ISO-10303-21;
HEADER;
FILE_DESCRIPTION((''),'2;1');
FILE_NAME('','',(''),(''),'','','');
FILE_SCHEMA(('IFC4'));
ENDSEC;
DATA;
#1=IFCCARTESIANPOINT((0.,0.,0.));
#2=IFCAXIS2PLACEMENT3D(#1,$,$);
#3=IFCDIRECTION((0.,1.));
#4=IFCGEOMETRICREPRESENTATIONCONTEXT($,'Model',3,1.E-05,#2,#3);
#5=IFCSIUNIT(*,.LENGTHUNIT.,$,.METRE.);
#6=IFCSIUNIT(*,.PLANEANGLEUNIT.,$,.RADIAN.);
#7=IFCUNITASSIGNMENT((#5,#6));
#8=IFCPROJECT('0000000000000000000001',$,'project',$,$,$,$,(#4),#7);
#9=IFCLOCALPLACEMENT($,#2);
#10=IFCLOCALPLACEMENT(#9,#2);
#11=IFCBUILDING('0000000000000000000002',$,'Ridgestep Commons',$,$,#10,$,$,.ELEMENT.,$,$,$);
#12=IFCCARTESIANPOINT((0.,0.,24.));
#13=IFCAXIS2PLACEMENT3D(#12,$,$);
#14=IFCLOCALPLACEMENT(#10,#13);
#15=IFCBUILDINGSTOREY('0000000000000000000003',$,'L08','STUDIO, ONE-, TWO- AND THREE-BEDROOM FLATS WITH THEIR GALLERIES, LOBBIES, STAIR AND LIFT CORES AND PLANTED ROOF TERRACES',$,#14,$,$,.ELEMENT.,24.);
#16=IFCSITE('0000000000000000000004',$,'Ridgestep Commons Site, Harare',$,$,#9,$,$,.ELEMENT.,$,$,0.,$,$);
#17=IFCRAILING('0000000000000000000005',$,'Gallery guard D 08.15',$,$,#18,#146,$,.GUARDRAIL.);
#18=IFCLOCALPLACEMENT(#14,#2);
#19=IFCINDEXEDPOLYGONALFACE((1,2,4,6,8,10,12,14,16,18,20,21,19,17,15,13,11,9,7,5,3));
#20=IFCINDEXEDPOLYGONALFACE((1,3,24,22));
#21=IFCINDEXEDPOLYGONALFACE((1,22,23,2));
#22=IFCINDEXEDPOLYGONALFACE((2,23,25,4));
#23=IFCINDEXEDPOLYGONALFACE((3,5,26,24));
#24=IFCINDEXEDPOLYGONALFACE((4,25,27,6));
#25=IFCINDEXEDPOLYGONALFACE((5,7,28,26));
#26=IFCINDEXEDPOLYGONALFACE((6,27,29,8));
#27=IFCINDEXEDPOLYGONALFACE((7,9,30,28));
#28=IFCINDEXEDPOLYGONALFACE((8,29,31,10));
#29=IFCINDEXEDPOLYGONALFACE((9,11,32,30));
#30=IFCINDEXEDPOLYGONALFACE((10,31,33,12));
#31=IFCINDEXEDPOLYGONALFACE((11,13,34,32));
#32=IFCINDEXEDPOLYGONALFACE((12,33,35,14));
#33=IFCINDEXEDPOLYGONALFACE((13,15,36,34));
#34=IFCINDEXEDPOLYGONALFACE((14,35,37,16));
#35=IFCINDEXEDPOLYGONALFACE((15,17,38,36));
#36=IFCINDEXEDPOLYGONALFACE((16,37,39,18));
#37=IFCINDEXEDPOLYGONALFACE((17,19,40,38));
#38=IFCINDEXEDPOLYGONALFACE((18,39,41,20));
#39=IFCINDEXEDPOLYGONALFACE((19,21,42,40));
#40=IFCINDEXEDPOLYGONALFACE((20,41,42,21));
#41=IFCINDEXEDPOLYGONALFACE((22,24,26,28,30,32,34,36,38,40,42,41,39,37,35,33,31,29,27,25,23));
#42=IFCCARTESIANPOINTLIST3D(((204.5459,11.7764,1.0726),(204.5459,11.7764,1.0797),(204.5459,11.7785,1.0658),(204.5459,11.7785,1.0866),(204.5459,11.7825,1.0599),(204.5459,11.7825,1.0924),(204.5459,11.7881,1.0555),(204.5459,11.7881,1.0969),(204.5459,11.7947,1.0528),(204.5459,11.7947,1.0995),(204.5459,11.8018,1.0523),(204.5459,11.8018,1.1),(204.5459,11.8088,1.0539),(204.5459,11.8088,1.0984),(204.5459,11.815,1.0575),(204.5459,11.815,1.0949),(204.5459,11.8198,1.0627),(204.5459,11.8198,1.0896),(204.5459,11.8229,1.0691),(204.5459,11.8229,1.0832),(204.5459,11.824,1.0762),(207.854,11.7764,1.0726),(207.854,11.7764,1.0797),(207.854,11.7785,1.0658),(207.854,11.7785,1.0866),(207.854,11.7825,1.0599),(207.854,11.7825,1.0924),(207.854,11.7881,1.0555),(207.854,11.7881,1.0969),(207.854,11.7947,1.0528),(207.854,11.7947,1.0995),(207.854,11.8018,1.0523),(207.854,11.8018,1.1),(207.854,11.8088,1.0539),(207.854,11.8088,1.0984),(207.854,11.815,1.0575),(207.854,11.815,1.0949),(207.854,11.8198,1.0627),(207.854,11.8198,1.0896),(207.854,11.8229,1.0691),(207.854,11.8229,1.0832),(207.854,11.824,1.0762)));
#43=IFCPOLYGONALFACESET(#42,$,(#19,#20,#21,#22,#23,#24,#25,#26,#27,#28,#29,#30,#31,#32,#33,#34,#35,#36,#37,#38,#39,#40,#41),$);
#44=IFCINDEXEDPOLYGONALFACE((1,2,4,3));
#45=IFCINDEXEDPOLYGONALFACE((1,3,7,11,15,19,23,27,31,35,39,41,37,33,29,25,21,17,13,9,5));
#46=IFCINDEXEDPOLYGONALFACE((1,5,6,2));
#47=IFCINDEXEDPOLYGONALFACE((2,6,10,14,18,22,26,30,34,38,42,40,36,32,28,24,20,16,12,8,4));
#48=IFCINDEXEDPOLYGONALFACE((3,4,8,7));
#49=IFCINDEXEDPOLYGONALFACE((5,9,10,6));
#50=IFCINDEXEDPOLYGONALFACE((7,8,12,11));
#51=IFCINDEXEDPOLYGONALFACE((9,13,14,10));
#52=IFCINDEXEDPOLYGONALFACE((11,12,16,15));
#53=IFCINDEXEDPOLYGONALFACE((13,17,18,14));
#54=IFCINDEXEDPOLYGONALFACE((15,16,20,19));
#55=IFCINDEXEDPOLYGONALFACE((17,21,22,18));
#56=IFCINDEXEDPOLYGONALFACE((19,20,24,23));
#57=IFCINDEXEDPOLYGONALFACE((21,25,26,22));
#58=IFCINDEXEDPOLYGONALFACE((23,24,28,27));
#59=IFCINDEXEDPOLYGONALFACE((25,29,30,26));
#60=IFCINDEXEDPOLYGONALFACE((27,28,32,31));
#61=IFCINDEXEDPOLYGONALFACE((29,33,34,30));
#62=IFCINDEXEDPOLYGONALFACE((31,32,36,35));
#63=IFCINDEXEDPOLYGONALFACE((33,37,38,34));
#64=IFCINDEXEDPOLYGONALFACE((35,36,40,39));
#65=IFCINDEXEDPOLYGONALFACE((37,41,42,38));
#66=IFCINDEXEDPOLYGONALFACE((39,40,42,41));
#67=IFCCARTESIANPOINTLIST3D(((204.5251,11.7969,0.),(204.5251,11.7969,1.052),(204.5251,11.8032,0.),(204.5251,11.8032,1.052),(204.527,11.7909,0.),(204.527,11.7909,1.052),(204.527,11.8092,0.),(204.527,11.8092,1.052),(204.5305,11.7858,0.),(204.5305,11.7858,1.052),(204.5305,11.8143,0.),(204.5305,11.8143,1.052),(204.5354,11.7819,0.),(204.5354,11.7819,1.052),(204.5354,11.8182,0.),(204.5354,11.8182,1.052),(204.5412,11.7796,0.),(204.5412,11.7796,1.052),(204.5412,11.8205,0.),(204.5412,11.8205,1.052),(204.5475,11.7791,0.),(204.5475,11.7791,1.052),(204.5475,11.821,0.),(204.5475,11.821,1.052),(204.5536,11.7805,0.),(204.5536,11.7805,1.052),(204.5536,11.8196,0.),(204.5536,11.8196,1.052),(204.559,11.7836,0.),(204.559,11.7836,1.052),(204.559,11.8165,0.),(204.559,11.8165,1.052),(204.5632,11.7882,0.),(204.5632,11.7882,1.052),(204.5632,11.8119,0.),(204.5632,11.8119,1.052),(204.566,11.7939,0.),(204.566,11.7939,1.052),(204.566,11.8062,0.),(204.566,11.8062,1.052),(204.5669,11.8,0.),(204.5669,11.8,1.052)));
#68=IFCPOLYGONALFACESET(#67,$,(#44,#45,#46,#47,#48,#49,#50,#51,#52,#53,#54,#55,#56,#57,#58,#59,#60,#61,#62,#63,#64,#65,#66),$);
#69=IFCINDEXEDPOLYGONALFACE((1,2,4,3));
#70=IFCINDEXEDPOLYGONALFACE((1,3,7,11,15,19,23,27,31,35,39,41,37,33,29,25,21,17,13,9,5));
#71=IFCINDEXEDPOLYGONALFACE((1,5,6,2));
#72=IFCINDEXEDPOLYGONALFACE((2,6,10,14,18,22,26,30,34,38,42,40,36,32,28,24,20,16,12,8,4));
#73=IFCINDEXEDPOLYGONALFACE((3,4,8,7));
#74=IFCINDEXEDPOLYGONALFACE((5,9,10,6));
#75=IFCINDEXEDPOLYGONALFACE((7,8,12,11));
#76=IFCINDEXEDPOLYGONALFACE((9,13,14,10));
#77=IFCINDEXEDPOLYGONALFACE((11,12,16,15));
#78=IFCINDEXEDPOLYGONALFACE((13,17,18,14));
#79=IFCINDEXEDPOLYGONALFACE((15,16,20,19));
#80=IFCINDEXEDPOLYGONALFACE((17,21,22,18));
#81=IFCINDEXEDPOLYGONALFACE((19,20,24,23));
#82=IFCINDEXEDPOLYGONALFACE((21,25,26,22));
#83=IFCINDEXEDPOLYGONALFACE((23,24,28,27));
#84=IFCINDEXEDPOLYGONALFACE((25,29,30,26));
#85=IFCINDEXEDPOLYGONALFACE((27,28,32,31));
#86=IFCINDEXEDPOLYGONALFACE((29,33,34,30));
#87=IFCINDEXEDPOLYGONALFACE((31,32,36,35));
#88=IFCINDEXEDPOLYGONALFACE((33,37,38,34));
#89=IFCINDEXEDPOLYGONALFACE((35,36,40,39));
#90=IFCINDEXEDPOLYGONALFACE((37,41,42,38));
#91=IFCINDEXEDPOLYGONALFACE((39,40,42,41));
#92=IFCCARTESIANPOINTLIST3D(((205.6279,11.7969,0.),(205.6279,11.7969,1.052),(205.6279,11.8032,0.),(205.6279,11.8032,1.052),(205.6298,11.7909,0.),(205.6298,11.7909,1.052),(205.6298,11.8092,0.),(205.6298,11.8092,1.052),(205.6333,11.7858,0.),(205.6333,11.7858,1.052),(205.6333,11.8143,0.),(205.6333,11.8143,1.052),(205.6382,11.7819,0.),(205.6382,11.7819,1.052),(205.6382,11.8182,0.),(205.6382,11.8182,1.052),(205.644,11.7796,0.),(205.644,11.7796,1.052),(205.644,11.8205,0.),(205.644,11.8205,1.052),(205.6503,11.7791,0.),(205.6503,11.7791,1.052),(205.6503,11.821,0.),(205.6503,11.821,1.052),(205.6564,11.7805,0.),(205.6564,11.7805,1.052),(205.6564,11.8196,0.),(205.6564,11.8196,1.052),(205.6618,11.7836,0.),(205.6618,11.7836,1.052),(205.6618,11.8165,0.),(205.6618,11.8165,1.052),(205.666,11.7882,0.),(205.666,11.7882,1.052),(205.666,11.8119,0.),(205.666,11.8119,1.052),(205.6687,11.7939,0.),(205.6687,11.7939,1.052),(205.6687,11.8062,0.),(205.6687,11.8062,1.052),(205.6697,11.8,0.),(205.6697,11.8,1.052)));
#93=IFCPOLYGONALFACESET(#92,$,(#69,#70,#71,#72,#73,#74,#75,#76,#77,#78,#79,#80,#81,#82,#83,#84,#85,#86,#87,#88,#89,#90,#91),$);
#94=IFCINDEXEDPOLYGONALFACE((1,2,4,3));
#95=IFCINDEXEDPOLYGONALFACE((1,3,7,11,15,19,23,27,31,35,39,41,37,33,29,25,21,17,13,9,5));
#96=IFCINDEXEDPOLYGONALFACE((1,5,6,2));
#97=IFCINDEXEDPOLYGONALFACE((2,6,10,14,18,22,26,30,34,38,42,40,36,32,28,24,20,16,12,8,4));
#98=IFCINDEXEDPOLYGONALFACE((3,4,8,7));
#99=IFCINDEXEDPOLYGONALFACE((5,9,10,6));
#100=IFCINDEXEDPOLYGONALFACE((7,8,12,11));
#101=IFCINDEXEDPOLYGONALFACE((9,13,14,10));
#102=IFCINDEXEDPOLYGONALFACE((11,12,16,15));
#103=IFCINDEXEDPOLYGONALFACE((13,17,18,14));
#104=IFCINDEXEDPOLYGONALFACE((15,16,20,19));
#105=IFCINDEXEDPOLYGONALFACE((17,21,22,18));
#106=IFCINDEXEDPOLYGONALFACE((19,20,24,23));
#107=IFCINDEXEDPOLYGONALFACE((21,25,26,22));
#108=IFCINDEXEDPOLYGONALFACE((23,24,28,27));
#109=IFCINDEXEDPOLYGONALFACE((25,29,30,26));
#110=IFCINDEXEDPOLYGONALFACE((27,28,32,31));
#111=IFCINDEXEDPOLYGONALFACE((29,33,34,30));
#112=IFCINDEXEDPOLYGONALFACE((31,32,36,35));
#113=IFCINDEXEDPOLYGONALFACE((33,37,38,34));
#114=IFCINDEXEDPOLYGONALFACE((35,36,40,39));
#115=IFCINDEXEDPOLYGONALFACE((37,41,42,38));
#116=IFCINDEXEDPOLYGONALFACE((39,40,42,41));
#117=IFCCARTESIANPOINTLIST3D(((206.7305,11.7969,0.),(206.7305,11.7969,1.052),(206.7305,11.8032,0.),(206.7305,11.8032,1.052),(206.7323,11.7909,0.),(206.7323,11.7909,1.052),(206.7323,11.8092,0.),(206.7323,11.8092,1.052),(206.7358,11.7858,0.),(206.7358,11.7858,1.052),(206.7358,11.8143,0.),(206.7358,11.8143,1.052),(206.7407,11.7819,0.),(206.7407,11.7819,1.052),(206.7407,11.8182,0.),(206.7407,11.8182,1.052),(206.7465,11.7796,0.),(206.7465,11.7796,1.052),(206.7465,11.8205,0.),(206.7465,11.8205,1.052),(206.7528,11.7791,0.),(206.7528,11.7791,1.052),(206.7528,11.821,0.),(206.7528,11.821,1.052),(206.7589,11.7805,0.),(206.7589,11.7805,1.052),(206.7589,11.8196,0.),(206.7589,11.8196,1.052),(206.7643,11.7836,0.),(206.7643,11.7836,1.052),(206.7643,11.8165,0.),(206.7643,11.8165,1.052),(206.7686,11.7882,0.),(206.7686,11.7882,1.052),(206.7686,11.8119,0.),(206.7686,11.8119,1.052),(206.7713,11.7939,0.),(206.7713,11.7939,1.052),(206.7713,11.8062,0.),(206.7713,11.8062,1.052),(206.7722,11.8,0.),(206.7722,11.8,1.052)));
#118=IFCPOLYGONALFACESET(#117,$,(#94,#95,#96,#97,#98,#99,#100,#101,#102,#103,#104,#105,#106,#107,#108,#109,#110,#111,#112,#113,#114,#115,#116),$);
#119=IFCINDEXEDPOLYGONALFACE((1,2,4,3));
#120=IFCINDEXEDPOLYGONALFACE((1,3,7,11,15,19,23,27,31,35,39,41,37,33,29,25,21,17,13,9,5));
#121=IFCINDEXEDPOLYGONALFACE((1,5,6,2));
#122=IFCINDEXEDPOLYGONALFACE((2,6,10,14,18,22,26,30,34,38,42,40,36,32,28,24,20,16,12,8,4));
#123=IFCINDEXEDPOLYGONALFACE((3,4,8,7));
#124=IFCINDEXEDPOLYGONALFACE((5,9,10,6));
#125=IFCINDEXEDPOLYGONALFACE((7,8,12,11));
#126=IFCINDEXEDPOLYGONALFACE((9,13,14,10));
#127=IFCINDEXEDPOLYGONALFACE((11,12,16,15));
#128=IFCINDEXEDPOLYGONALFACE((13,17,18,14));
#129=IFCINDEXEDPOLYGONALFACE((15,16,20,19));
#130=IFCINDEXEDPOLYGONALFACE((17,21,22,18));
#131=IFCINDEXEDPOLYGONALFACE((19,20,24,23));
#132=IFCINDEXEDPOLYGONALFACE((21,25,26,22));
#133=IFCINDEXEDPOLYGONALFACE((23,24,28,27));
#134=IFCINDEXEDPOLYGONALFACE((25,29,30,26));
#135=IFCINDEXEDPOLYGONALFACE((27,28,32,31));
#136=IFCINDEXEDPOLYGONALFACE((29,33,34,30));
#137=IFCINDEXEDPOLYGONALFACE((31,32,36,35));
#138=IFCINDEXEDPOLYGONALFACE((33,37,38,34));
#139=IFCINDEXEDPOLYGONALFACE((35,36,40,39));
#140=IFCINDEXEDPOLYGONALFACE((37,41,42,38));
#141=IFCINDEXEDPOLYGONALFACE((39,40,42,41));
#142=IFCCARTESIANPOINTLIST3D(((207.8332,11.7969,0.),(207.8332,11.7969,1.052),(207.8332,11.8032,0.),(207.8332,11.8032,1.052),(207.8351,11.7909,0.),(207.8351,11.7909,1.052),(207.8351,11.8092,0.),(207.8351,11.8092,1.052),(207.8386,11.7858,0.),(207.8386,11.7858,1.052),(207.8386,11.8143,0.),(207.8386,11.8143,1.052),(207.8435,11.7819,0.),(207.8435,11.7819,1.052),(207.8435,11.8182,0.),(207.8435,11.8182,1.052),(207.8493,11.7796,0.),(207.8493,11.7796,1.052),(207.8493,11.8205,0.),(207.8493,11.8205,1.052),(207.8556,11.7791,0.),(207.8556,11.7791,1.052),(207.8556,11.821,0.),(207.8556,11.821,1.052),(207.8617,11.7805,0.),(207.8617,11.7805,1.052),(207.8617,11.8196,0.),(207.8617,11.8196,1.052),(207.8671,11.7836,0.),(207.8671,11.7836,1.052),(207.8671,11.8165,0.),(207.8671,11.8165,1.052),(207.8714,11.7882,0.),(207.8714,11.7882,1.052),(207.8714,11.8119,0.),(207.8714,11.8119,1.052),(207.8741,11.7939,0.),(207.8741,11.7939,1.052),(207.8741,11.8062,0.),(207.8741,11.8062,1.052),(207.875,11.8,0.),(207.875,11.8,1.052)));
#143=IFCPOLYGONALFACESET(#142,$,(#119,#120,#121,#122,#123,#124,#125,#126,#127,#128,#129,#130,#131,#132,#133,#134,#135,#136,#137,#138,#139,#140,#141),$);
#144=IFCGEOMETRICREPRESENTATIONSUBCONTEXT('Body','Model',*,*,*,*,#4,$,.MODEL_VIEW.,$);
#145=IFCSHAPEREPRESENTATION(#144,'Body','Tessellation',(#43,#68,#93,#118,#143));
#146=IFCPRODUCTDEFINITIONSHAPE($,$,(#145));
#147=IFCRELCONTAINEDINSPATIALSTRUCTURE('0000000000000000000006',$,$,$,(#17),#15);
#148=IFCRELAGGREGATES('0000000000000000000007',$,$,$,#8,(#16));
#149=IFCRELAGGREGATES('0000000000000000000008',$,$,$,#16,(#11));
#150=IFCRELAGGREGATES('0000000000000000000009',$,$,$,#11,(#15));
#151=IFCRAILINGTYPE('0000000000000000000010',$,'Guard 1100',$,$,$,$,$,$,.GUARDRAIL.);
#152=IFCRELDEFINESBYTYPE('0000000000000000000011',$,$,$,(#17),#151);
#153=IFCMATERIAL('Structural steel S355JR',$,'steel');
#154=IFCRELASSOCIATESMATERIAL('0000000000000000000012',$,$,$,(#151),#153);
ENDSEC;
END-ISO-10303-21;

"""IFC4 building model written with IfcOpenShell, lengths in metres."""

from ifc_helpers import new_model, si_unit, direction, frame, origin, origin_2d, place, context, subcontext, project, spatial, circle, extrude, material, type_object, element, save


model = new_model("IFC4")

# Units and contexts
model_context = context("Model", 3, precision=1e-05, world=origin(), true_north=direction((0.0, 1.0)))
body_context = subcontext(model_context, "Body", "Model", "MODEL_VIEW")
ifc_project = project(units=[si_unit("LENGTHUNIT", "METRE"), si_unit("PLANEANGLEUNIT", "RADIAN")], contexts=[model_context])

# Site, building, storey
site_placement = place(None, origin())
site = spatial("IfcSite", under=ifc_project, at=site_placement, Name="Ridgestep Commons Site, Harare", CompositionType="ELEMENT", RefElevation=0.0)
building_placement = place(site_placement, origin())
building = spatial("IfcBuilding", under=site, at=building_placement, Name="Ridgestep Commons", CompositionType="ELEMENT")
storey_placement = place(building_placement, frame((0.0, 0.0, 24.0)))
storey = spatial("IfcBuildingStorey", under=building, at=storey_placement, Name="L08", Description="STUDIO, ONE-, TWO- AND THREE-BEDROOM FLATS WITH THEIR GALLERIES, LOBBIES, STAIR AND LIFT CORES AND PLANTED ROOF TERRACES", CompositionType="ELEMENT", Elevation=24.0)

# Railing
ifc_material_1 = material(Name="Structural steel S355JR", Category="steel")
railing_type_1 = type_object("IfcRailingType", Name="Guard 1100", PredefinedType="GUARDRAIL", material=ifc_material_1)
railing_1_placement = place(storey_placement, frame((204.5459, 11.8, 0.0)))
element("IfcRailing", 1, at=railing_1_placement, inside=storey, type_object=railing_type_1, Name="Gallery guard D 08.15", PredefinedType="GUARDRAIL", context=body_context, shape_type="SweptSolid", body=[
    extrude(circle(Radius=0.0239, at=origin_2d()), frame((0.0, 0.0, 1.0762), z_axis=(1.0, 0.0, 0.0), x_axis=(0.0, 1.0, 0.0)), (0.0, 0.0, 1.0), 3.3081),
    extrude(circle(Radius=0.021, at=origin_2d()), origin(), (0.0, 0.0, 1.0), 1.052),
    extrude(circle(Radius=0.021, at=origin_2d()), frame((1.1028, 0.0, 0.0)), (0.0, 0.0, 1.0), 1.052),
    extrude(circle(Radius=0.021, at=origin_2d()), frame((2.2053, 0.0, 0.0)), (0.0, 0.0, 1.0), 1.052),
    extrude(circle(Radius=0.021, at=origin_2d()), frame((3.3081, 0.0, 0.0)), (0.0, 0.0, 1.0), 1.052),
])

save(model, "model.ifc")
